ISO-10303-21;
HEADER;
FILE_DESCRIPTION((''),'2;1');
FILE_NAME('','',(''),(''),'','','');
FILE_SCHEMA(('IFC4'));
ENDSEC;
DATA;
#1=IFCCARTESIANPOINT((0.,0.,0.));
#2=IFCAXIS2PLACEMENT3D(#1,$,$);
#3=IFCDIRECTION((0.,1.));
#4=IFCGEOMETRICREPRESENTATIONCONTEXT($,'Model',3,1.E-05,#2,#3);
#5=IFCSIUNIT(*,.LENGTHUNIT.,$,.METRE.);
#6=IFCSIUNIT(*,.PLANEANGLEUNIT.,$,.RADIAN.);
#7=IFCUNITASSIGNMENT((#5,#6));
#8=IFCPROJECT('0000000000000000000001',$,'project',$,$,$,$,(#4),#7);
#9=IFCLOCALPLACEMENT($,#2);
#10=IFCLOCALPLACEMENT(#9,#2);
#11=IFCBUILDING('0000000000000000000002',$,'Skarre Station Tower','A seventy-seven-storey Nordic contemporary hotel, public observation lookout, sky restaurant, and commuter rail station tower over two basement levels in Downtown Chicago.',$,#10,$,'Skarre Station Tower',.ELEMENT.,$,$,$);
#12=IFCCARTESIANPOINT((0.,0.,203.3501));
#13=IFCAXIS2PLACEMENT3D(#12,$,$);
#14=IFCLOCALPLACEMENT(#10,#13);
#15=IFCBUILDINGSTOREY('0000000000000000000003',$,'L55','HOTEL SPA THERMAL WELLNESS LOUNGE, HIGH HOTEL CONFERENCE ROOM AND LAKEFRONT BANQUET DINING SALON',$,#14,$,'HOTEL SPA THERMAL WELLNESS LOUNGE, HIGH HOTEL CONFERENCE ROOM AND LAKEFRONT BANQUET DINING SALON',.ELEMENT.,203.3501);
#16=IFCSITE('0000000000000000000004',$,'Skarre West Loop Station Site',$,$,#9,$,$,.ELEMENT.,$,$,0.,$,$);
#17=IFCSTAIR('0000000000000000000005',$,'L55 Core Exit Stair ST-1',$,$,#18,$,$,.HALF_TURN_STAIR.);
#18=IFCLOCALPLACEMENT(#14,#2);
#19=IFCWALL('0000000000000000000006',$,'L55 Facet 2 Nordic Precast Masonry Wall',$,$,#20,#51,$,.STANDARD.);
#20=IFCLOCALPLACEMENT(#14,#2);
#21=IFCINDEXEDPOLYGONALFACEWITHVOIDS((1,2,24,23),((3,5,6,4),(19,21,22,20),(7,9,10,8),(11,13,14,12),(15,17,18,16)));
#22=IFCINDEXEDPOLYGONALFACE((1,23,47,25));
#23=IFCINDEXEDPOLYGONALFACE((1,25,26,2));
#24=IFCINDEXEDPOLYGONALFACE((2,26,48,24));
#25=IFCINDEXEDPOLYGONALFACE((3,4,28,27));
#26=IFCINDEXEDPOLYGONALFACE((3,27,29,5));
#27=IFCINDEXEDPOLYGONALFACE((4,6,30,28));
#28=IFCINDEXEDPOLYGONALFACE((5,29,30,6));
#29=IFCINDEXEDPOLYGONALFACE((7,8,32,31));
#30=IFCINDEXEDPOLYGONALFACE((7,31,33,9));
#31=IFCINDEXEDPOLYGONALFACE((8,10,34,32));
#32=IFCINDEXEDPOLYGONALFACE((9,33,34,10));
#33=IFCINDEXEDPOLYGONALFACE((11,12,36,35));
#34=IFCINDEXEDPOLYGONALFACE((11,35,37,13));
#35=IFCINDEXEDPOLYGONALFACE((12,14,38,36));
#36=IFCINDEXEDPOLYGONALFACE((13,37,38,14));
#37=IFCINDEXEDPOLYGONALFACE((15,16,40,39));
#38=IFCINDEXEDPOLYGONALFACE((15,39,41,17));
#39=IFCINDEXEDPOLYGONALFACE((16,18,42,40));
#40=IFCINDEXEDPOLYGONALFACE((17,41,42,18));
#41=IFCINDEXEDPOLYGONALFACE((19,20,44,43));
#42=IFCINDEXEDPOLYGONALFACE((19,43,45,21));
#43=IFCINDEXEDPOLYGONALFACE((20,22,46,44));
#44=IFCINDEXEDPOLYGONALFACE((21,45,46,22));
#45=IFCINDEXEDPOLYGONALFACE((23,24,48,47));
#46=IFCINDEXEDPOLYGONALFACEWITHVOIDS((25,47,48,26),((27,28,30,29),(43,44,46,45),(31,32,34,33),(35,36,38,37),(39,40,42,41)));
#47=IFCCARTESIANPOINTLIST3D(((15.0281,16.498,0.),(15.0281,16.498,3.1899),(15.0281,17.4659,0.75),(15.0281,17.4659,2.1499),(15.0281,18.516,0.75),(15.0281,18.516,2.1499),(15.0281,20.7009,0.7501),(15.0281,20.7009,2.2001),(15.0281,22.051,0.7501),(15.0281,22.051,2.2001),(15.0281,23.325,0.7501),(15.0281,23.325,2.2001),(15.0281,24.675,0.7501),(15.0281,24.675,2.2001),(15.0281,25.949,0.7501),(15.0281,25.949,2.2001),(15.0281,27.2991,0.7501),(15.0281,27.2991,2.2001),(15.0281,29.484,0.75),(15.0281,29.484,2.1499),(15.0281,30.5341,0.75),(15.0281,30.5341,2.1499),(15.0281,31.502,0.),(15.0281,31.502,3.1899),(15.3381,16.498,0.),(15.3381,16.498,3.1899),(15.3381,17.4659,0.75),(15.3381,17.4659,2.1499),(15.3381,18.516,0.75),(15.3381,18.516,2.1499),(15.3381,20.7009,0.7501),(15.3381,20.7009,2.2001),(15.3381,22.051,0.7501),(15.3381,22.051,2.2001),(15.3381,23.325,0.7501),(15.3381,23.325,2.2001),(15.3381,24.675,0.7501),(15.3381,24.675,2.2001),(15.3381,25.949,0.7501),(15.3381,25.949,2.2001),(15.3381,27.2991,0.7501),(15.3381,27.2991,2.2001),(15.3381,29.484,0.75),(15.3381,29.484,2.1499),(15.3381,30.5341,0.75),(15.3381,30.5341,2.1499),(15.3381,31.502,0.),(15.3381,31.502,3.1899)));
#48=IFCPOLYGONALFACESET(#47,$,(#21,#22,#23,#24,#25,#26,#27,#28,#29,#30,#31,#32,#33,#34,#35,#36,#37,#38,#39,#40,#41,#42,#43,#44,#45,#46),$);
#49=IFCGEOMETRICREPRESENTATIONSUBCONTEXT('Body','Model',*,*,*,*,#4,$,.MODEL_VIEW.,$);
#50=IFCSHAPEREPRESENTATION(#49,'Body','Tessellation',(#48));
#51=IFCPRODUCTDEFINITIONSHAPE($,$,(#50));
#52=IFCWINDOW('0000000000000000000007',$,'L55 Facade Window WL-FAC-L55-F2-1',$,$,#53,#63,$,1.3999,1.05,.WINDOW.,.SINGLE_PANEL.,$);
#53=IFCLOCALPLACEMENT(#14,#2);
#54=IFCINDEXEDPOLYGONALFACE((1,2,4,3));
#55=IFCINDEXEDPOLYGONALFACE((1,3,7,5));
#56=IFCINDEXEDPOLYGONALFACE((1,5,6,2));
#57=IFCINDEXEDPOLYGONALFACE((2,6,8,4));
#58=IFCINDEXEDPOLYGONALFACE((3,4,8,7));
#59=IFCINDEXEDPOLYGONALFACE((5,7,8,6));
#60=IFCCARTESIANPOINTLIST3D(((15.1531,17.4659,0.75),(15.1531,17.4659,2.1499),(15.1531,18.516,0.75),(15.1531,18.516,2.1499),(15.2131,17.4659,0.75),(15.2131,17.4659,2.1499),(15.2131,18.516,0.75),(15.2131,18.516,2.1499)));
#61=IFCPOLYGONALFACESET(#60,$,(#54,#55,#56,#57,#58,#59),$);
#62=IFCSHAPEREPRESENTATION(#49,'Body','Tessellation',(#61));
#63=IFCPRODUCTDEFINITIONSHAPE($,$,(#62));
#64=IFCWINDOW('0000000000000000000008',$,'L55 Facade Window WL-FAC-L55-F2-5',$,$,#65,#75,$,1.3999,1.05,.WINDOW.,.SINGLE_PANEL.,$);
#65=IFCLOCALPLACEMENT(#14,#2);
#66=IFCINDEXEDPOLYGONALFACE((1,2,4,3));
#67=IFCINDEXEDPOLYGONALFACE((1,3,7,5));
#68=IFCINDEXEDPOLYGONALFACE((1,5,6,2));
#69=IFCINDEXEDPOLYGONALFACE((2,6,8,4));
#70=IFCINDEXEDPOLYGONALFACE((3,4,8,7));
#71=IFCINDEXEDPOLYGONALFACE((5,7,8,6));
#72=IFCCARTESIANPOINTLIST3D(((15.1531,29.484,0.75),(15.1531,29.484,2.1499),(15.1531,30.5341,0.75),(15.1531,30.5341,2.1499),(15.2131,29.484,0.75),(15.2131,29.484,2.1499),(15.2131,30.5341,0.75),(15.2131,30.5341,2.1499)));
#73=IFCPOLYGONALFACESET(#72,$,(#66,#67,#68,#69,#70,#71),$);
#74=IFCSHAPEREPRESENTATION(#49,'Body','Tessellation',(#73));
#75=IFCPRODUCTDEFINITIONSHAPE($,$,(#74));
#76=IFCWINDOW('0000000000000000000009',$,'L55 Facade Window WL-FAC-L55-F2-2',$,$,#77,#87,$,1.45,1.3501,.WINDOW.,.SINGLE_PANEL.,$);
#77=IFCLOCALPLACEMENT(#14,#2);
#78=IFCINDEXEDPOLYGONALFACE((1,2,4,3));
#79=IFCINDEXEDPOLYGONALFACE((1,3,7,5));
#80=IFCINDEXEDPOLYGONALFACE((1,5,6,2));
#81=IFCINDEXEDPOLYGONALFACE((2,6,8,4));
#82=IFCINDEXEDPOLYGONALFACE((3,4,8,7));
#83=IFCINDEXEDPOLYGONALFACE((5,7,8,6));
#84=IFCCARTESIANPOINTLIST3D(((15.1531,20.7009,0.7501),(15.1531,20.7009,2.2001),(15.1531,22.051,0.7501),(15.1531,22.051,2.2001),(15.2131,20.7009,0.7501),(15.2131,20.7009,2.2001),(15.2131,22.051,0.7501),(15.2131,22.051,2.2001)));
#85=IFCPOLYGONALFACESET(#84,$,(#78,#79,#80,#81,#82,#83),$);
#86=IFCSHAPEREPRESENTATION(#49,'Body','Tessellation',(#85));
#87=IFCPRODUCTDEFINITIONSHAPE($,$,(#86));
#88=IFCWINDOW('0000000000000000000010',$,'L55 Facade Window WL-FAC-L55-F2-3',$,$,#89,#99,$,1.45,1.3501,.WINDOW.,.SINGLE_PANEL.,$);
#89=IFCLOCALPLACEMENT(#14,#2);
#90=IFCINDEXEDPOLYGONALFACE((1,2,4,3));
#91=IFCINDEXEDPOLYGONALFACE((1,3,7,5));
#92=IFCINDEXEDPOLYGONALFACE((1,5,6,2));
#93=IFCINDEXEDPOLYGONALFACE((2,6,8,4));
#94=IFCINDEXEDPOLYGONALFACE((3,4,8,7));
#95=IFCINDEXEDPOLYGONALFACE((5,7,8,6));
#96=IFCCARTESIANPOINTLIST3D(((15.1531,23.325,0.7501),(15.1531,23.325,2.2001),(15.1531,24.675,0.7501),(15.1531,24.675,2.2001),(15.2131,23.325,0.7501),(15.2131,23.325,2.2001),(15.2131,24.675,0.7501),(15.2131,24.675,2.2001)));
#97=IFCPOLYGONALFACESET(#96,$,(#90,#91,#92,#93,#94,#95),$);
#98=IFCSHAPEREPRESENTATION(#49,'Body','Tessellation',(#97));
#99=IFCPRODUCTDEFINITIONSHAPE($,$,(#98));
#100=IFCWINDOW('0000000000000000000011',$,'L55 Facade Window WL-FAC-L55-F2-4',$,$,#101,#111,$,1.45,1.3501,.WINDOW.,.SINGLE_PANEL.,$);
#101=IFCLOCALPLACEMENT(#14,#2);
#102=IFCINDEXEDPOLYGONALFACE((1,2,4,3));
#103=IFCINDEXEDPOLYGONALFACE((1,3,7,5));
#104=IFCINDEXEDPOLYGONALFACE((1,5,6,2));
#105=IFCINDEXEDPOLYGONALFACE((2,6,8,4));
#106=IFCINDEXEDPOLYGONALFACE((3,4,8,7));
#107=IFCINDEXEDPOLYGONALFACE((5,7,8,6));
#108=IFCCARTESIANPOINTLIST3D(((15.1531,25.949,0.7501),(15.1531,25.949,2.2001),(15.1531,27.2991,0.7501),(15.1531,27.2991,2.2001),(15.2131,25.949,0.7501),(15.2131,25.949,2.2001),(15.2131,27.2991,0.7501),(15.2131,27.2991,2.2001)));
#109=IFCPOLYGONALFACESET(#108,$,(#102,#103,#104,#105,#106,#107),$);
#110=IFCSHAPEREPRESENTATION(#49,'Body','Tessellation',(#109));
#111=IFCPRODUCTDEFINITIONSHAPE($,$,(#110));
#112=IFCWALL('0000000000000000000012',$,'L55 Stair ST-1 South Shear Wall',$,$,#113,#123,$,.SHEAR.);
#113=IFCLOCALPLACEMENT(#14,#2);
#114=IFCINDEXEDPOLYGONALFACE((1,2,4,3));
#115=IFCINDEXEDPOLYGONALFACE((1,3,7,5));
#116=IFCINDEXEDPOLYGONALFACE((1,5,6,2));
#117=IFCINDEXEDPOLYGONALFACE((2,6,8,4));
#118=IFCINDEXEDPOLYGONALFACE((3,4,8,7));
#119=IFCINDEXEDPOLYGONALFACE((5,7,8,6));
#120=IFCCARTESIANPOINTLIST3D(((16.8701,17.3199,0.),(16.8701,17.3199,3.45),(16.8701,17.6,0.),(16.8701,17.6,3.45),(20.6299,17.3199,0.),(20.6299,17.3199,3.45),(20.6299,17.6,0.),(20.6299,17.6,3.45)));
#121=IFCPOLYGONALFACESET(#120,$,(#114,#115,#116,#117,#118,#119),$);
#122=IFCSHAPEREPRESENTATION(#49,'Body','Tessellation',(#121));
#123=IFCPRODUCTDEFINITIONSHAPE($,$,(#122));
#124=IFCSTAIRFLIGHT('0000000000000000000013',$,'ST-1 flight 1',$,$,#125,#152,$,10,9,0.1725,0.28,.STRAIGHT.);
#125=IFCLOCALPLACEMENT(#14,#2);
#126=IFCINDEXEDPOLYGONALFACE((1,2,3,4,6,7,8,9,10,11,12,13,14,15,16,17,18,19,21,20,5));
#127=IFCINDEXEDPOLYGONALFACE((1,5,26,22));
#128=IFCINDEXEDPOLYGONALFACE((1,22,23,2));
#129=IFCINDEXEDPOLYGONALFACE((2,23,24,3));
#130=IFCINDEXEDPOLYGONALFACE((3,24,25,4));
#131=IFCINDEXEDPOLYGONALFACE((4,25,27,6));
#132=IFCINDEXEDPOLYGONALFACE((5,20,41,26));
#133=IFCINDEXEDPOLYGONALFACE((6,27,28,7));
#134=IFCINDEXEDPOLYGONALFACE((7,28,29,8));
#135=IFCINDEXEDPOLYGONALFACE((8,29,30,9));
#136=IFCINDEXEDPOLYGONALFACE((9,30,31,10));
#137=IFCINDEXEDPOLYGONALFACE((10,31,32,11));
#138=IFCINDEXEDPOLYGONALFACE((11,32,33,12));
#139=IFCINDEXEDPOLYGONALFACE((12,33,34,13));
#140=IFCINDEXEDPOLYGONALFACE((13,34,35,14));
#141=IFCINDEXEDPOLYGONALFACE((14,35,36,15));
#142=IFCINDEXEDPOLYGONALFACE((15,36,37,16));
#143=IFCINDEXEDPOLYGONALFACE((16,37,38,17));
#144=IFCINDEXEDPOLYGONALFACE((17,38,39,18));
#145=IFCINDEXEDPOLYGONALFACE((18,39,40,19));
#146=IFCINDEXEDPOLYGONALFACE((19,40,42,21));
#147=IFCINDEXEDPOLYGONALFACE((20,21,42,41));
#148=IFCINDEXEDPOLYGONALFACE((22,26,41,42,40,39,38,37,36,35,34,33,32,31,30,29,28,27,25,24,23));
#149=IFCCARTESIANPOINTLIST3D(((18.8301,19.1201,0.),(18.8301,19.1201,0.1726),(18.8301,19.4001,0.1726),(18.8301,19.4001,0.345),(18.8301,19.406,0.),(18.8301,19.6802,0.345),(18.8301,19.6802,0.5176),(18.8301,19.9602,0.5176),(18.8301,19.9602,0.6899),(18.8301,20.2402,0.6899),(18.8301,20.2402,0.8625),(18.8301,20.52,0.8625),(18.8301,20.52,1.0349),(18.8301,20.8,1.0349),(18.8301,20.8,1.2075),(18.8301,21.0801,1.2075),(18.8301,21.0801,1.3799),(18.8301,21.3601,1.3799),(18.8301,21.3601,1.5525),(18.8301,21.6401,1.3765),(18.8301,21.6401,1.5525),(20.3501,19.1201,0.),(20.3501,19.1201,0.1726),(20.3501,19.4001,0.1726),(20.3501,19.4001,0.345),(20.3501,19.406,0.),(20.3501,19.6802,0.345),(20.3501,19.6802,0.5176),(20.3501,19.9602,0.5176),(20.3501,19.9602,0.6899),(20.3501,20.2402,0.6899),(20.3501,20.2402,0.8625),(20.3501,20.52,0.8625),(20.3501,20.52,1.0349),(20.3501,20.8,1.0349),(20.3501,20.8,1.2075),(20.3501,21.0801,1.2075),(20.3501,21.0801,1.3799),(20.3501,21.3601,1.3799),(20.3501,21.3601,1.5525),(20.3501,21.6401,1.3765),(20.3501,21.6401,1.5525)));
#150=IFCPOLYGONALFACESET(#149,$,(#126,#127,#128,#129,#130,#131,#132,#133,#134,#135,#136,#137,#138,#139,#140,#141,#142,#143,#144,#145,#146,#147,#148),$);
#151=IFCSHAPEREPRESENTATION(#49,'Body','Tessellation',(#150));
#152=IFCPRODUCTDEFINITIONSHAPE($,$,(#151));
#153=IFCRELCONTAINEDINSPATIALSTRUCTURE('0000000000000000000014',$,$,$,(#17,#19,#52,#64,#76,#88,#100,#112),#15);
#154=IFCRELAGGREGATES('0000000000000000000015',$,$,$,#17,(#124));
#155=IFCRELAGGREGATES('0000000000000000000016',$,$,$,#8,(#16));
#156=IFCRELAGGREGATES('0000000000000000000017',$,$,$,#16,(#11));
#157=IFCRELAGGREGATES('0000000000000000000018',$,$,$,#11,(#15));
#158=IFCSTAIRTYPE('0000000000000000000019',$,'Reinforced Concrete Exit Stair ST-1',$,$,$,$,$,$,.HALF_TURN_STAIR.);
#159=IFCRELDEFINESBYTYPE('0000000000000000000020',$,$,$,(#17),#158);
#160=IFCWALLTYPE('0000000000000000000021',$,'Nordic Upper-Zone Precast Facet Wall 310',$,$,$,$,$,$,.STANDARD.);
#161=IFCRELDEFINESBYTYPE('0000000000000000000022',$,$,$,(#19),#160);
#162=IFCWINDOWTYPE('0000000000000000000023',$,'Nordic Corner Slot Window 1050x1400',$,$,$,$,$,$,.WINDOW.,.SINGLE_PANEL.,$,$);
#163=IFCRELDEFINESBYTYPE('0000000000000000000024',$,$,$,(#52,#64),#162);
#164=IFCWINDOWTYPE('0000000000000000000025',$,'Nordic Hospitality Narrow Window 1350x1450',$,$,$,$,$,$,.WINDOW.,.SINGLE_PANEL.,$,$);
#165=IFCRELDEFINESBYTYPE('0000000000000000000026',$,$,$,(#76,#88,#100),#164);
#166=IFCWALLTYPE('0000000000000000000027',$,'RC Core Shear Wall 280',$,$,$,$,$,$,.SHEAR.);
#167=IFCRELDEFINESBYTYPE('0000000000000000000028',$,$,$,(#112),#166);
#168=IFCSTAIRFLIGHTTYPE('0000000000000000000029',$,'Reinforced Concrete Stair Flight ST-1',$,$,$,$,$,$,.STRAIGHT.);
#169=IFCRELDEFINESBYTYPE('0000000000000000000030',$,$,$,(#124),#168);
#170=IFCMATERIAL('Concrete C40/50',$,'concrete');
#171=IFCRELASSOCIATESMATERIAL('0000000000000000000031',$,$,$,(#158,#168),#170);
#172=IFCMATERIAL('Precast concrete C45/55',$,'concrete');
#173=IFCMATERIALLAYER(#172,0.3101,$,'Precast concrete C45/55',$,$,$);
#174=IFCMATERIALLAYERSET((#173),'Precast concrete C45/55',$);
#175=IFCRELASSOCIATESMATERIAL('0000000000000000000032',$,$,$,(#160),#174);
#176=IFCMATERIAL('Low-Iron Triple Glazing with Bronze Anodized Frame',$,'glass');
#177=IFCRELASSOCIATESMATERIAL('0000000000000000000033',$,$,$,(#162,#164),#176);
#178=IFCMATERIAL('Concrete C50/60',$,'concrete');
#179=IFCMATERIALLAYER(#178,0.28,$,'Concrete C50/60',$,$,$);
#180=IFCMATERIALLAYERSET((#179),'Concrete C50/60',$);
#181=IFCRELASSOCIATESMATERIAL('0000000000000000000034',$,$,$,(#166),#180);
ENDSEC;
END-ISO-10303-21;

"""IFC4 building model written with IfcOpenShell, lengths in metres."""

from ifc_helpers import new_model, si_unit, direction, frame, frame_2d, origin, place, context, subcontext, project, spatial, polyline, rectangle, outline, extrude, material, layer, layer_set, type_object, element, fill, aggregate, save


model = new_model("IFC4")

# Units and contexts
model_context = context("Model", 3, precision=1e-05, world=origin(), true_north=direction((0.0, 1.0)))
body_context = subcontext(model_context, "Body", "Model", "MODEL_VIEW")
ifc_project = project(units=[si_unit("LENGTHUNIT", "METRE"), si_unit("PLANEANGLEUNIT", "RADIAN")], contexts=[model_context])

# Site, building, storey
site_placement = place(None, origin())
site = spatial("IfcSite", under=ifc_project, at=site_placement, Name="Skarre West Loop Station Site", CompositionType="ELEMENT", RefElevation=0.0)
building_placement = place(site_placement, origin())
building = spatial("IfcBuilding", under=site, at=building_placement, Name="Skarre Station Tower", Description="A seventy-seven-storey Nordic contemporary hotel, public observation lookout, sky restaurant, and commuter rail station tower over two basement levels in Downtown Chicago.", LongName="Skarre Station Tower", CompositionType="ELEMENT")
storey_placement = place(building_placement, frame((0.0, 0.0, 203.3501)))
storey = spatial("IfcBuildingStorey", under=building, at=storey_placement, Name="L55", Description="HOTEL SPA THERMAL WELLNESS LOUNGE, HIGH HOTEL CONFERENCE ROOM AND LAKEFRONT BANQUET DINING SALON", LongName="HOTEL SPA THERMAL WELLNESS LOUNGE, HIGH HOTEL CONFERENCE ROOM AND LAKEFRONT BANQUET DINING SALON", CompositionType="ELEMENT", Elevation=203.3501)

# Shared definitions
ifc_material_1 = material(Name="Concrete C50/60", Category="concrete")

# Stair
ifc_material_2 = material(Name="Concrete C40/50", Category="concrete")
stair_type_1 = type_object("IfcStairType", Name="Reinforced Concrete Exit Stair ST-1", PredefinedType="HALF_TURN_STAIR", material=ifc_material_2)
stair_1_placement = place(storey_placement, origin())
stair_1 = element("IfcStair", 1, at=stair_1_placement, inside=storey, type_object=stair_type_1, Name="L55 Core Exit Stair ST-1", PredefinedType="HALF_TURN_STAIR")

# Shared definitions
ifc_material_3 = material(Name="Precast concrete C45/55", Category="concrete")

# Wall, openings, windows
ifc_layer_1 = layer(ifc_material_3, 0.3101, Name="Precast concrete C45/55")
ifc_layer_set_1 = layer_set([ifc_layer_1], Name="Precast concrete C45/55")
wall_type_1 = type_object("IfcWallType", Name="Nordic Upper-Zone Precast Facet Wall 310", PredefinedType="STANDARD", material=ifc_layer_set_1)
wall_1_placement = place(storey_placement, frame((15.1831, 16.498, 0.0), z_axis=(0.0, 0.0, 1.0), x_axis=(0.0, 1.0, 0.0)))
wall_1 = element("IfcWall", 2, at=wall_1_placement, inside=storey, type_object=wall_type_1, Name="L55 Facet 2 Nordic Precast Masonry Wall", PredefinedType="STANDARD", context=body_context, shape_type="SweptSolid", body=[
    extrude(rectangle(XDim=15.0039, YDim=0.3101, at=frame_2d((7.502, 0.0))), origin(), (0.0, 0.0, 1.0), 3.1899),
])
opening_1_placement = place(wall_1_placement, frame((0.968, 0.0, 0.75)))
opening_1 = element("IfcOpeningElement", 3, at=opening_1_placement, cuts=wall_1, PredefinedType="OPENING", context=body_context, shape_type="SweptSolid", body=[
    extrude(rectangle(XDim=1.05, YDim=1.3999, at=frame_2d((0.5249, 0.7))), frame((0.0, 0.165, 0.0), z_axis=(0.0, -1.0, 0.0), x_axis=(1.0, 0.0, 0.0)), (0.0, 0.0, 1.0), 0.3301),
])
opening_2_placement = place(wall_1_placement, frame((4.2029, 0.0, 0.75)))
opening_2 = element("IfcOpeningElement", 4, at=opening_2_placement, cuts=wall_1, PredefinedType="OPENING", context=body_context, shape_type="SweptSolid", body=[
    extrude(rectangle(XDim=1.3501, YDim=1.45, at=frame_2d((0.675, 0.7251))), frame((0.0, 0.165, 0.0), z_axis=(0.0, -1.0, 0.0), x_axis=(1.0, 0.0, 0.0)), (0.0, 0.0, 1.0), 0.3301),
])
opening_3_placement = place(wall_1_placement, frame((6.8269, 0.0, 0.75)))
opening_3 = element("IfcOpeningElement", 5, at=opening_3_placement, cuts=wall_1, PredefinedType="OPENING", context=body_context, shape_type="SweptSolid", body=[
    extrude(rectangle(XDim=1.3501, YDim=1.45, at=frame_2d((0.675, 0.7251))), frame((0.0, 0.165, 0.0), z_axis=(0.0, -1.0, 0.0), x_axis=(1.0, 0.0, 0.0)), (0.0, 0.0, 1.0), 0.3301),
])
opening_4_placement = place(wall_1_placement, frame((9.4509, 0.0, 0.75)))
opening_4 = element("IfcOpeningElement", 6, at=opening_4_placement, cuts=wall_1, PredefinedType="OPENING", context=body_context, shape_type="SweptSolid", body=[
    extrude(rectangle(XDim=1.3501, YDim=1.45, at=frame_2d((0.675, 0.7251))), frame((0.0, 0.165, 0.0), z_axis=(0.0, -1.0, 0.0), x_axis=(1.0, 0.0, 0.0)), (0.0, 0.0, 1.0), 0.3301),
])
opening_5_placement = place(wall_1_placement, frame((12.9861, 0.0, 0.75)))
opening_5 = element("IfcOpeningElement", 7, at=opening_5_placement, cuts=wall_1, PredefinedType="OPENING", context=body_context, shape_type="SweptSolid", body=[
    extrude(rectangle(XDim=1.05, YDim=1.3999, at=frame_2d((0.5249, 0.7))), frame((0.0, 0.165, 0.0), z_axis=(0.0, -1.0, 0.0), x_axis=(1.0, 0.0, 0.0)), (0.0, 0.0, 1.0), 0.3301),
])
ifc_material_4 = material(Name="Low-Iron Triple Glazing with Bronze Anodized Frame", Category="glass")
window_type_1 = type_object("IfcWindowType", Name="Nordic Corner Slot Window 1050x1400", PartitioningType="SINGLE_PANEL", PredefinedType="WINDOW", material=ifc_material_4)
window_1_placement = place(opening_1_placement, origin())
window_1 = element("IfcWindow", 8, at=window_1_placement, inside=storey, type_object=window_type_1, Name="L55 Facade Window WL-FAC-L55-F2-1", OverallHeight=1.3999, OverallWidth=1.05, PartitioningType="SINGLE_PANEL", PredefinedType="WINDOW", context=body_context, shape_type="SweptSolid", body=[
    extrude(rectangle(XDim=1.05, YDim=1.3999, at=frame_2d((0.5249, 0.7))), frame((0.0, 0.03, 0.0), z_axis=(0.0, -1.0, 0.0), x_axis=(1.0, 0.0, 0.0)), (0.0, 0.0, 1.0), 0.0601),
])
fill(opening_1, window_1)
window_2_placement = place(opening_5_placement, origin())
window_2 = element("IfcWindow", 9, at=window_2_placement, inside=storey, type_object=window_type_1, Name="L55 Facade Window WL-FAC-L55-F2-5", OverallHeight=1.3999, OverallWidth=1.05, PartitioningType="SINGLE_PANEL", PredefinedType="WINDOW", context=body_context, shape_type="SweptSolid", body=[
    extrude(rectangle(XDim=1.05, YDim=1.3999, at=frame_2d((0.5249, 0.7))), frame((0.0, 0.03, 0.0), z_axis=(0.0, -1.0, 0.0), x_axis=(1.0, 0.0, 0.0)), (0.0, 0.0, 1.0), 0.0601),
])
fill(opening_5, window_2)
window_type_2 = type_object("IfcWindowType", Name="Nordic Hospitality Narrow Window 1350x1450", PartitioningType="SINGLE_PANEL", PredefinedType="WINDOW", material=ifc_material_4)
window_3_placement = place(opening_2_placement, origin())
window_3 = element("IfcWindow", 10, at=window_3_placement, inside=storey, type_object=window_type_2, Name="L55 Facade Window WL-FAC-L55-F2-2", OverallHeight=1.45, OverallWidth=1.3501, PartitioningType="SINGLE_PANEL", PredefinedType="WINDOW", context=body_context, shape_type="SweptSolid", body=[
    extrude(rectangle(XDim=1.3501, YDim=1.45, at=frame_2d((0.675, 0.7251))), frame((0.0, 0.03, 0.0), z_axis=(0.0, -1.0, 0.0), x_axis=(1.0, 0.0, 0.0)), (0.0, 0.0, 1.0), 0.0601),
])
fill(opening_2, window_3)
window_4_placement = place(opening_3_placement, origin())
window_4 = element("IfcWindow", 11, at=window_4_placement, inside=storey, type_object=window_type_2, Name="L55 Facade Window WL-FAC-L55-F2-3", OverallHeight=1.45, OverallWidth=1.3501, PartitioningType="SINGLE_PANEL", PredefinedType="WINDOW", context=body_context, shape_type="SweptSolid", body=[
    extrude(rectangle(XDim=1.3501, YDim=1.45, at=frame_2d((0.675, 0.7251))), frame((0.0, 0.03, 0.0), z_axis=(0.0, -1.0, 0.0), x_axis=(1.0, 0.0, 0.0)), (0.0, 0.0, 1.0), 0.0601),
])
fill(opening_3, window_4)
window_5_placement = place(opening_4_placement, origin())
window_5 = element("IfcWindow", 12, at=window_5_placement, inside=storey, type_object=window_type_2, Name="L55 Facade Window WL-FAC-L55-F2-4", OverallHeight=1.45, OverallWidth=1.3501, PartitioningType="SINGLE_PANEL", PredefinedType="WINDOW", context=body_context, shape_type="SweptSolid", body=[
    extrude(rectangle(XDim=1.3501, YDim=1.45, at=frame_2d((0.675, 0.7251))), frame((0.0, 0.03, 0.0), z_axis=(0.0, -1.0, 0.0), x_axis=(1.0, 0.0, 0.0)), (0.0, 0.0, 1.0), 0.0601),
])
fill(opening_4, window_5)

# Wall
ifc_layer_2 = layer(ifc_material_1, 0.28, Name="Concrete C50/60")
ifc_layer_set_2 = layer_set([ifc_layer_2], Name="Concrete C50/60")
wall_type_2 = type_object("IfcWallType", Name="RC Core Shear Wall 280", PredefinedType="SHEAR", material=ifc_layer_set_2)
wall_2_placement = place(storey_placement, frame((16.8701, 17.46, 0.0), z_axis=(0.0, 0.0, 1.0), x_axis=(1.0, 0.0, 0.0)))
element("IfcWall", 13, at=wall_2_placement, inside=storey, type_object=wall_type_2, Name="L55 Stair ST-1 South Shear Wall", PredefinedType="SHEAR", context=body_context, shape_type="SweptSolid", body=[
    extrude(rectangle(XDim=3.7598, YDim=0.28, at=frame_2d((1.8799, 0.0))), origin(), (0.0, 0.0, 1.0), 3.45),
])

# Stair flight
stair_flight_type = type_object("IfcStairFlightType", Name="Reinforced Concrete Stair Flight ST-1", PredefinedType="STRAIGHT", material=ifc_material_2)
stair_flight_1_placement = place(storey_placement, frame((19.5901, 19.1201, 0.0), z_axis=(0.0, 0.0, 1.0), x_axis=(0.0, 1.0, 0.0)))
stair_flight_1 = element("IfcStairFlight", 14, at=stair_flight_1_placement, type_object=stair_flight_type, Name="ST-1 flight 1", NumberOfRisers=10, NumberOfTreads=9, PredefinedType="STRAIGHT", RiserHeight=0.1725, TreadLength=0.28, context=body_context, shape_type="SweptSolid", body=[
    extrude(outline(polyline([(0.0, 0.0), (0.0, 0.1726), (0.28, 0.1726), (0.28, 0.345), (0.5601, 0.345), (0.5601, 0.5176), (0.8401, 0.5176), (0.8401, 0.6899), (1.1201, 0.6899), (1.1201, 0.8625), (1.3999, 0.8625), (1.3999, 1.0349), (1.6799, 1.0349), (1.6799, 1.2075), (1.96, 1.2075), (1.96, 1.3799), (2.24, 1.3799), (2.24, 1.5525), (2.52, 1.5525), (2.52, 1.7251), (2.52, 1.3765), (0.2859, 0.0), (0.0, 0.0)])), frame((0.0, 0.76, 0.0), z_axis=(0.0, -1.0, 0.0), x_axis=(1.0, 0.0, 0.0)), (0.0, 0.0, 1.0), 1.52),
])
aggregate(stair_1, [stair_flight_1])

save(model, "model.ifc")
